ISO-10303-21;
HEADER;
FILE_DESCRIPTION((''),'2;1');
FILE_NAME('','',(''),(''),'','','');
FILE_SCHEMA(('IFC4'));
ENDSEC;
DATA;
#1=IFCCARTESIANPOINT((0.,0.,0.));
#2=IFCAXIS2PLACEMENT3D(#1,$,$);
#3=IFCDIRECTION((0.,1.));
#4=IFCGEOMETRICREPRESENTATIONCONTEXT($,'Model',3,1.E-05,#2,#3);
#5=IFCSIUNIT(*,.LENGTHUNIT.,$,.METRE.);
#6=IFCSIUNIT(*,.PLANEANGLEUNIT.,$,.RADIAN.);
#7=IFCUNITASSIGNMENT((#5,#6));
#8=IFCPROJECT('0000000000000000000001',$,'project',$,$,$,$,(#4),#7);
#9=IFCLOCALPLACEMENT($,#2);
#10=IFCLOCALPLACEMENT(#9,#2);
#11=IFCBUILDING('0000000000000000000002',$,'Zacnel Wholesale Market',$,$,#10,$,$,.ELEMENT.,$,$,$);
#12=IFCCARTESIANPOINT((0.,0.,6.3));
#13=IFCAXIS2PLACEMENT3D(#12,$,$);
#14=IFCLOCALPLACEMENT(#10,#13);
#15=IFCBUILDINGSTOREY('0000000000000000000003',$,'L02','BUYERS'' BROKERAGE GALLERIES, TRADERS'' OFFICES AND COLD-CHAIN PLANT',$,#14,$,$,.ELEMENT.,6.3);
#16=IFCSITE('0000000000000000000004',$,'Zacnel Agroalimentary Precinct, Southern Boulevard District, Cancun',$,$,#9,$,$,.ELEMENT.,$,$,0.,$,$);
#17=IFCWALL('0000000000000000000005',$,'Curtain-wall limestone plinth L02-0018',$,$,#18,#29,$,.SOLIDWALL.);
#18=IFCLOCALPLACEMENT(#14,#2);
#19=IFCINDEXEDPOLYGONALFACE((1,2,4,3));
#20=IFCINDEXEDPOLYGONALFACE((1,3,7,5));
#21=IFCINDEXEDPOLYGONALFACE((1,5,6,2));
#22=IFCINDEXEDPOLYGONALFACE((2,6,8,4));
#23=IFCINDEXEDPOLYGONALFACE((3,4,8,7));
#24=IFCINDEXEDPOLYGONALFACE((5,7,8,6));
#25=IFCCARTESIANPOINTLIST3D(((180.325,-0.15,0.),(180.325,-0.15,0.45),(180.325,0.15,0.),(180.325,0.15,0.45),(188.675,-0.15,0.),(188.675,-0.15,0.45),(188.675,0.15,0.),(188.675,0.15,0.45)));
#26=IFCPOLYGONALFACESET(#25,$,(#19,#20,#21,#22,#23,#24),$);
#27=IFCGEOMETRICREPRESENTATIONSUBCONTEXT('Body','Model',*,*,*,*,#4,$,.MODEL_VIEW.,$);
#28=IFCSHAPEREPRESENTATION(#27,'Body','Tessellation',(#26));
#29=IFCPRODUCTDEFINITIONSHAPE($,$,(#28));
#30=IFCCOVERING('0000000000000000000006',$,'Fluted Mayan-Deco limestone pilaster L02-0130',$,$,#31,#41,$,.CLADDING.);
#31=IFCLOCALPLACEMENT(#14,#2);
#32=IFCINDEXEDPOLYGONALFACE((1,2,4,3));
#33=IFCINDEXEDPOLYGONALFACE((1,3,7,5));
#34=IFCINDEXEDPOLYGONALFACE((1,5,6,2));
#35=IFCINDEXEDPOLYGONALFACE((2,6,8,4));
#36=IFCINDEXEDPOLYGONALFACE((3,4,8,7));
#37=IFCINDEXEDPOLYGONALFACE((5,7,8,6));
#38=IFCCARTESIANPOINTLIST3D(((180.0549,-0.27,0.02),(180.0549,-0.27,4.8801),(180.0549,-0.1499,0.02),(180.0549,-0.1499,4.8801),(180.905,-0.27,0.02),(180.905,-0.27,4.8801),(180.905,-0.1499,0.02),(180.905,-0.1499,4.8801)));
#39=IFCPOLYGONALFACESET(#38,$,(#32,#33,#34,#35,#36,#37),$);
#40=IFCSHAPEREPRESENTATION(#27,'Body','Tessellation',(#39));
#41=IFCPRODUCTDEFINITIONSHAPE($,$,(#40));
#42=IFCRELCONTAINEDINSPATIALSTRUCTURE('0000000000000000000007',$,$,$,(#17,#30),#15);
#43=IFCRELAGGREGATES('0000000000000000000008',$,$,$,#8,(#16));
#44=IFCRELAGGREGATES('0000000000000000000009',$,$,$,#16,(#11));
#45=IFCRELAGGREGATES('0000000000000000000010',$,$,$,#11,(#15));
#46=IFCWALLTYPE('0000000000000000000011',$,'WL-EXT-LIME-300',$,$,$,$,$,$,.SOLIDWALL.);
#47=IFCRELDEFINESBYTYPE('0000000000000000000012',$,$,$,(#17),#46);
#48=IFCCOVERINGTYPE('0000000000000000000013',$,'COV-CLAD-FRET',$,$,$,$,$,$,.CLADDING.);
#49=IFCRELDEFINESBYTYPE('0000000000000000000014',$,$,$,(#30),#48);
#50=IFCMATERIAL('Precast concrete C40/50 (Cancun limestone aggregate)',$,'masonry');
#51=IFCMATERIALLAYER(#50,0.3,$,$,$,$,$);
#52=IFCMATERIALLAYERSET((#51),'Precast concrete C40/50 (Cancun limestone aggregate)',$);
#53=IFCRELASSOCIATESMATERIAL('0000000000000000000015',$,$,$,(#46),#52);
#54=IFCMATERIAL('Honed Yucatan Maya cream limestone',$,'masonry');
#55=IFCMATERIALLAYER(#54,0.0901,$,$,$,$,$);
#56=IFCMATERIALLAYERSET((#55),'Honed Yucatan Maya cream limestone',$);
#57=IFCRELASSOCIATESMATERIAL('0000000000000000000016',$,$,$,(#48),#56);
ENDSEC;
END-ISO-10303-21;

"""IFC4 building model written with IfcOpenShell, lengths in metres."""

from ifc_helpers import new_model, si_unit, direction, frame, frame_2d, origin, origin_2d, place, context, subcontext, project, spatial, rectangle, extrude, material, layer, layer_set, type_object, element, save


model = new_model("IFC4")

# Units and contexts
model_context = context("Model", 3, precision=1e-05, world=origin(), true_north=direction((0.0, 1.0)))
body_context = subcontext(model_context, "Body", "Model", "MODEL_VIEW")
ifc_project = project(units=[si_unit("LENGTHUNIT", "METRE"), si_unit("PLANEANGLEUNIT", "RADIAN")], contexts=[model_context])

# Site, building, storey
site_placement = place(None, origin())
site = spatial("IfcSite", under=ifc_project, at=site_placement, Name="Zacnel Agroalimentary Precinct, Southern Boulevard District, Cancun", CompositionType="ELEMENT", RefElevation=0.0)
building_placement = place(site_placement, origin())
building = spatial("IfcBuilding", under=site, at=building_placement, Name="Zacnel Wholesale Market", CompositionType="ELEMENT")
storey_placement = place(building_placement, frame((0.0, 0.0, 6.3)))
storey = spatial("IfcBuildingStorey", under=building, at=storey_placement, Name="L02", Description="BUYERS' BROKERAGE GALLERIES, TRADERS' OFFICES AND COLD-CHAIN PLANT", CompositionType="ELEMENT", Elevation=6.3)

# Wall
ifc_material_1 = material(Name="Precast concrete C40/50 (Cancun limestone aggregate)", Category="masonry")
ifc_layer_1 = layer(ifc_material_1, 0.3)
ifc_layer_set_1 = layer_set([ifc_layer_1], Name="Precast concrete C40/50 (Cancun limestone aggregate)")
wall_type = type_object("IfcWallType", Name="WL-EXT-LIME-300", PredefinedType="SOLIDWALL", material=ifc_layer_set_1)
wall_placement = place(storey_placement, frame((180.325, 0.0, 0.0), z_axis=(0.0, 0.0, 1.0), x_axis=(1.0, 0.0, 0.0)))
element("IfcWall", 1, at=wall_placement, inside=storey, type_object=wall_type, Name="Curtain-wall limestone plinth L02-0018", PredefinedType="SOLIDWALL", context=body_context, shape_type="SweptSolid", body=[
    extrude(rectangle(XDim=8.3501, YDim=0.3, at=frame_2d((4.175, 0.0))), origin(), (0.0, 0.0, 1.0), 0.45),
])

# Covering
ifc_material_2 = material(Name="Honed Yucatan Maya cream limestone", Category="masonry")
ifc_layer_2 = layer(ifc_material_2, 0.0901)
ifc_layer_set_2 = layer_set([ifc_layer_2], Name="Honed Yucatan Maya cream limestone")
covering_type = type_object("IfcCoveringType", Name="COV-CLAD-FRET", PredefinedType="CLADDING", material=ifc_layer_set_2)
covering_placement = place(storey_placement, frame((180.48, -0.21, 0.02), z_axis=(0.0, 0.0, 1.0), x_axis=(1.0, 0.0, 0.0)))
element("IfcCovering", 2, at=covering_placement, inside=storey, type_object=covering_type, Name="Fluted Mayan-Deco limestone pilaster L02-0130", PredefinedType="CLADDING", context=body_context, shape_type="SweptSolid", body=[
    extrude(rectangle(XDim=0.8501, YDim=0.1201, at=origin_2d()), origin(), (0.0, 0.0, 1.0), 4.8601),
])

save(model, "model.ifc")
